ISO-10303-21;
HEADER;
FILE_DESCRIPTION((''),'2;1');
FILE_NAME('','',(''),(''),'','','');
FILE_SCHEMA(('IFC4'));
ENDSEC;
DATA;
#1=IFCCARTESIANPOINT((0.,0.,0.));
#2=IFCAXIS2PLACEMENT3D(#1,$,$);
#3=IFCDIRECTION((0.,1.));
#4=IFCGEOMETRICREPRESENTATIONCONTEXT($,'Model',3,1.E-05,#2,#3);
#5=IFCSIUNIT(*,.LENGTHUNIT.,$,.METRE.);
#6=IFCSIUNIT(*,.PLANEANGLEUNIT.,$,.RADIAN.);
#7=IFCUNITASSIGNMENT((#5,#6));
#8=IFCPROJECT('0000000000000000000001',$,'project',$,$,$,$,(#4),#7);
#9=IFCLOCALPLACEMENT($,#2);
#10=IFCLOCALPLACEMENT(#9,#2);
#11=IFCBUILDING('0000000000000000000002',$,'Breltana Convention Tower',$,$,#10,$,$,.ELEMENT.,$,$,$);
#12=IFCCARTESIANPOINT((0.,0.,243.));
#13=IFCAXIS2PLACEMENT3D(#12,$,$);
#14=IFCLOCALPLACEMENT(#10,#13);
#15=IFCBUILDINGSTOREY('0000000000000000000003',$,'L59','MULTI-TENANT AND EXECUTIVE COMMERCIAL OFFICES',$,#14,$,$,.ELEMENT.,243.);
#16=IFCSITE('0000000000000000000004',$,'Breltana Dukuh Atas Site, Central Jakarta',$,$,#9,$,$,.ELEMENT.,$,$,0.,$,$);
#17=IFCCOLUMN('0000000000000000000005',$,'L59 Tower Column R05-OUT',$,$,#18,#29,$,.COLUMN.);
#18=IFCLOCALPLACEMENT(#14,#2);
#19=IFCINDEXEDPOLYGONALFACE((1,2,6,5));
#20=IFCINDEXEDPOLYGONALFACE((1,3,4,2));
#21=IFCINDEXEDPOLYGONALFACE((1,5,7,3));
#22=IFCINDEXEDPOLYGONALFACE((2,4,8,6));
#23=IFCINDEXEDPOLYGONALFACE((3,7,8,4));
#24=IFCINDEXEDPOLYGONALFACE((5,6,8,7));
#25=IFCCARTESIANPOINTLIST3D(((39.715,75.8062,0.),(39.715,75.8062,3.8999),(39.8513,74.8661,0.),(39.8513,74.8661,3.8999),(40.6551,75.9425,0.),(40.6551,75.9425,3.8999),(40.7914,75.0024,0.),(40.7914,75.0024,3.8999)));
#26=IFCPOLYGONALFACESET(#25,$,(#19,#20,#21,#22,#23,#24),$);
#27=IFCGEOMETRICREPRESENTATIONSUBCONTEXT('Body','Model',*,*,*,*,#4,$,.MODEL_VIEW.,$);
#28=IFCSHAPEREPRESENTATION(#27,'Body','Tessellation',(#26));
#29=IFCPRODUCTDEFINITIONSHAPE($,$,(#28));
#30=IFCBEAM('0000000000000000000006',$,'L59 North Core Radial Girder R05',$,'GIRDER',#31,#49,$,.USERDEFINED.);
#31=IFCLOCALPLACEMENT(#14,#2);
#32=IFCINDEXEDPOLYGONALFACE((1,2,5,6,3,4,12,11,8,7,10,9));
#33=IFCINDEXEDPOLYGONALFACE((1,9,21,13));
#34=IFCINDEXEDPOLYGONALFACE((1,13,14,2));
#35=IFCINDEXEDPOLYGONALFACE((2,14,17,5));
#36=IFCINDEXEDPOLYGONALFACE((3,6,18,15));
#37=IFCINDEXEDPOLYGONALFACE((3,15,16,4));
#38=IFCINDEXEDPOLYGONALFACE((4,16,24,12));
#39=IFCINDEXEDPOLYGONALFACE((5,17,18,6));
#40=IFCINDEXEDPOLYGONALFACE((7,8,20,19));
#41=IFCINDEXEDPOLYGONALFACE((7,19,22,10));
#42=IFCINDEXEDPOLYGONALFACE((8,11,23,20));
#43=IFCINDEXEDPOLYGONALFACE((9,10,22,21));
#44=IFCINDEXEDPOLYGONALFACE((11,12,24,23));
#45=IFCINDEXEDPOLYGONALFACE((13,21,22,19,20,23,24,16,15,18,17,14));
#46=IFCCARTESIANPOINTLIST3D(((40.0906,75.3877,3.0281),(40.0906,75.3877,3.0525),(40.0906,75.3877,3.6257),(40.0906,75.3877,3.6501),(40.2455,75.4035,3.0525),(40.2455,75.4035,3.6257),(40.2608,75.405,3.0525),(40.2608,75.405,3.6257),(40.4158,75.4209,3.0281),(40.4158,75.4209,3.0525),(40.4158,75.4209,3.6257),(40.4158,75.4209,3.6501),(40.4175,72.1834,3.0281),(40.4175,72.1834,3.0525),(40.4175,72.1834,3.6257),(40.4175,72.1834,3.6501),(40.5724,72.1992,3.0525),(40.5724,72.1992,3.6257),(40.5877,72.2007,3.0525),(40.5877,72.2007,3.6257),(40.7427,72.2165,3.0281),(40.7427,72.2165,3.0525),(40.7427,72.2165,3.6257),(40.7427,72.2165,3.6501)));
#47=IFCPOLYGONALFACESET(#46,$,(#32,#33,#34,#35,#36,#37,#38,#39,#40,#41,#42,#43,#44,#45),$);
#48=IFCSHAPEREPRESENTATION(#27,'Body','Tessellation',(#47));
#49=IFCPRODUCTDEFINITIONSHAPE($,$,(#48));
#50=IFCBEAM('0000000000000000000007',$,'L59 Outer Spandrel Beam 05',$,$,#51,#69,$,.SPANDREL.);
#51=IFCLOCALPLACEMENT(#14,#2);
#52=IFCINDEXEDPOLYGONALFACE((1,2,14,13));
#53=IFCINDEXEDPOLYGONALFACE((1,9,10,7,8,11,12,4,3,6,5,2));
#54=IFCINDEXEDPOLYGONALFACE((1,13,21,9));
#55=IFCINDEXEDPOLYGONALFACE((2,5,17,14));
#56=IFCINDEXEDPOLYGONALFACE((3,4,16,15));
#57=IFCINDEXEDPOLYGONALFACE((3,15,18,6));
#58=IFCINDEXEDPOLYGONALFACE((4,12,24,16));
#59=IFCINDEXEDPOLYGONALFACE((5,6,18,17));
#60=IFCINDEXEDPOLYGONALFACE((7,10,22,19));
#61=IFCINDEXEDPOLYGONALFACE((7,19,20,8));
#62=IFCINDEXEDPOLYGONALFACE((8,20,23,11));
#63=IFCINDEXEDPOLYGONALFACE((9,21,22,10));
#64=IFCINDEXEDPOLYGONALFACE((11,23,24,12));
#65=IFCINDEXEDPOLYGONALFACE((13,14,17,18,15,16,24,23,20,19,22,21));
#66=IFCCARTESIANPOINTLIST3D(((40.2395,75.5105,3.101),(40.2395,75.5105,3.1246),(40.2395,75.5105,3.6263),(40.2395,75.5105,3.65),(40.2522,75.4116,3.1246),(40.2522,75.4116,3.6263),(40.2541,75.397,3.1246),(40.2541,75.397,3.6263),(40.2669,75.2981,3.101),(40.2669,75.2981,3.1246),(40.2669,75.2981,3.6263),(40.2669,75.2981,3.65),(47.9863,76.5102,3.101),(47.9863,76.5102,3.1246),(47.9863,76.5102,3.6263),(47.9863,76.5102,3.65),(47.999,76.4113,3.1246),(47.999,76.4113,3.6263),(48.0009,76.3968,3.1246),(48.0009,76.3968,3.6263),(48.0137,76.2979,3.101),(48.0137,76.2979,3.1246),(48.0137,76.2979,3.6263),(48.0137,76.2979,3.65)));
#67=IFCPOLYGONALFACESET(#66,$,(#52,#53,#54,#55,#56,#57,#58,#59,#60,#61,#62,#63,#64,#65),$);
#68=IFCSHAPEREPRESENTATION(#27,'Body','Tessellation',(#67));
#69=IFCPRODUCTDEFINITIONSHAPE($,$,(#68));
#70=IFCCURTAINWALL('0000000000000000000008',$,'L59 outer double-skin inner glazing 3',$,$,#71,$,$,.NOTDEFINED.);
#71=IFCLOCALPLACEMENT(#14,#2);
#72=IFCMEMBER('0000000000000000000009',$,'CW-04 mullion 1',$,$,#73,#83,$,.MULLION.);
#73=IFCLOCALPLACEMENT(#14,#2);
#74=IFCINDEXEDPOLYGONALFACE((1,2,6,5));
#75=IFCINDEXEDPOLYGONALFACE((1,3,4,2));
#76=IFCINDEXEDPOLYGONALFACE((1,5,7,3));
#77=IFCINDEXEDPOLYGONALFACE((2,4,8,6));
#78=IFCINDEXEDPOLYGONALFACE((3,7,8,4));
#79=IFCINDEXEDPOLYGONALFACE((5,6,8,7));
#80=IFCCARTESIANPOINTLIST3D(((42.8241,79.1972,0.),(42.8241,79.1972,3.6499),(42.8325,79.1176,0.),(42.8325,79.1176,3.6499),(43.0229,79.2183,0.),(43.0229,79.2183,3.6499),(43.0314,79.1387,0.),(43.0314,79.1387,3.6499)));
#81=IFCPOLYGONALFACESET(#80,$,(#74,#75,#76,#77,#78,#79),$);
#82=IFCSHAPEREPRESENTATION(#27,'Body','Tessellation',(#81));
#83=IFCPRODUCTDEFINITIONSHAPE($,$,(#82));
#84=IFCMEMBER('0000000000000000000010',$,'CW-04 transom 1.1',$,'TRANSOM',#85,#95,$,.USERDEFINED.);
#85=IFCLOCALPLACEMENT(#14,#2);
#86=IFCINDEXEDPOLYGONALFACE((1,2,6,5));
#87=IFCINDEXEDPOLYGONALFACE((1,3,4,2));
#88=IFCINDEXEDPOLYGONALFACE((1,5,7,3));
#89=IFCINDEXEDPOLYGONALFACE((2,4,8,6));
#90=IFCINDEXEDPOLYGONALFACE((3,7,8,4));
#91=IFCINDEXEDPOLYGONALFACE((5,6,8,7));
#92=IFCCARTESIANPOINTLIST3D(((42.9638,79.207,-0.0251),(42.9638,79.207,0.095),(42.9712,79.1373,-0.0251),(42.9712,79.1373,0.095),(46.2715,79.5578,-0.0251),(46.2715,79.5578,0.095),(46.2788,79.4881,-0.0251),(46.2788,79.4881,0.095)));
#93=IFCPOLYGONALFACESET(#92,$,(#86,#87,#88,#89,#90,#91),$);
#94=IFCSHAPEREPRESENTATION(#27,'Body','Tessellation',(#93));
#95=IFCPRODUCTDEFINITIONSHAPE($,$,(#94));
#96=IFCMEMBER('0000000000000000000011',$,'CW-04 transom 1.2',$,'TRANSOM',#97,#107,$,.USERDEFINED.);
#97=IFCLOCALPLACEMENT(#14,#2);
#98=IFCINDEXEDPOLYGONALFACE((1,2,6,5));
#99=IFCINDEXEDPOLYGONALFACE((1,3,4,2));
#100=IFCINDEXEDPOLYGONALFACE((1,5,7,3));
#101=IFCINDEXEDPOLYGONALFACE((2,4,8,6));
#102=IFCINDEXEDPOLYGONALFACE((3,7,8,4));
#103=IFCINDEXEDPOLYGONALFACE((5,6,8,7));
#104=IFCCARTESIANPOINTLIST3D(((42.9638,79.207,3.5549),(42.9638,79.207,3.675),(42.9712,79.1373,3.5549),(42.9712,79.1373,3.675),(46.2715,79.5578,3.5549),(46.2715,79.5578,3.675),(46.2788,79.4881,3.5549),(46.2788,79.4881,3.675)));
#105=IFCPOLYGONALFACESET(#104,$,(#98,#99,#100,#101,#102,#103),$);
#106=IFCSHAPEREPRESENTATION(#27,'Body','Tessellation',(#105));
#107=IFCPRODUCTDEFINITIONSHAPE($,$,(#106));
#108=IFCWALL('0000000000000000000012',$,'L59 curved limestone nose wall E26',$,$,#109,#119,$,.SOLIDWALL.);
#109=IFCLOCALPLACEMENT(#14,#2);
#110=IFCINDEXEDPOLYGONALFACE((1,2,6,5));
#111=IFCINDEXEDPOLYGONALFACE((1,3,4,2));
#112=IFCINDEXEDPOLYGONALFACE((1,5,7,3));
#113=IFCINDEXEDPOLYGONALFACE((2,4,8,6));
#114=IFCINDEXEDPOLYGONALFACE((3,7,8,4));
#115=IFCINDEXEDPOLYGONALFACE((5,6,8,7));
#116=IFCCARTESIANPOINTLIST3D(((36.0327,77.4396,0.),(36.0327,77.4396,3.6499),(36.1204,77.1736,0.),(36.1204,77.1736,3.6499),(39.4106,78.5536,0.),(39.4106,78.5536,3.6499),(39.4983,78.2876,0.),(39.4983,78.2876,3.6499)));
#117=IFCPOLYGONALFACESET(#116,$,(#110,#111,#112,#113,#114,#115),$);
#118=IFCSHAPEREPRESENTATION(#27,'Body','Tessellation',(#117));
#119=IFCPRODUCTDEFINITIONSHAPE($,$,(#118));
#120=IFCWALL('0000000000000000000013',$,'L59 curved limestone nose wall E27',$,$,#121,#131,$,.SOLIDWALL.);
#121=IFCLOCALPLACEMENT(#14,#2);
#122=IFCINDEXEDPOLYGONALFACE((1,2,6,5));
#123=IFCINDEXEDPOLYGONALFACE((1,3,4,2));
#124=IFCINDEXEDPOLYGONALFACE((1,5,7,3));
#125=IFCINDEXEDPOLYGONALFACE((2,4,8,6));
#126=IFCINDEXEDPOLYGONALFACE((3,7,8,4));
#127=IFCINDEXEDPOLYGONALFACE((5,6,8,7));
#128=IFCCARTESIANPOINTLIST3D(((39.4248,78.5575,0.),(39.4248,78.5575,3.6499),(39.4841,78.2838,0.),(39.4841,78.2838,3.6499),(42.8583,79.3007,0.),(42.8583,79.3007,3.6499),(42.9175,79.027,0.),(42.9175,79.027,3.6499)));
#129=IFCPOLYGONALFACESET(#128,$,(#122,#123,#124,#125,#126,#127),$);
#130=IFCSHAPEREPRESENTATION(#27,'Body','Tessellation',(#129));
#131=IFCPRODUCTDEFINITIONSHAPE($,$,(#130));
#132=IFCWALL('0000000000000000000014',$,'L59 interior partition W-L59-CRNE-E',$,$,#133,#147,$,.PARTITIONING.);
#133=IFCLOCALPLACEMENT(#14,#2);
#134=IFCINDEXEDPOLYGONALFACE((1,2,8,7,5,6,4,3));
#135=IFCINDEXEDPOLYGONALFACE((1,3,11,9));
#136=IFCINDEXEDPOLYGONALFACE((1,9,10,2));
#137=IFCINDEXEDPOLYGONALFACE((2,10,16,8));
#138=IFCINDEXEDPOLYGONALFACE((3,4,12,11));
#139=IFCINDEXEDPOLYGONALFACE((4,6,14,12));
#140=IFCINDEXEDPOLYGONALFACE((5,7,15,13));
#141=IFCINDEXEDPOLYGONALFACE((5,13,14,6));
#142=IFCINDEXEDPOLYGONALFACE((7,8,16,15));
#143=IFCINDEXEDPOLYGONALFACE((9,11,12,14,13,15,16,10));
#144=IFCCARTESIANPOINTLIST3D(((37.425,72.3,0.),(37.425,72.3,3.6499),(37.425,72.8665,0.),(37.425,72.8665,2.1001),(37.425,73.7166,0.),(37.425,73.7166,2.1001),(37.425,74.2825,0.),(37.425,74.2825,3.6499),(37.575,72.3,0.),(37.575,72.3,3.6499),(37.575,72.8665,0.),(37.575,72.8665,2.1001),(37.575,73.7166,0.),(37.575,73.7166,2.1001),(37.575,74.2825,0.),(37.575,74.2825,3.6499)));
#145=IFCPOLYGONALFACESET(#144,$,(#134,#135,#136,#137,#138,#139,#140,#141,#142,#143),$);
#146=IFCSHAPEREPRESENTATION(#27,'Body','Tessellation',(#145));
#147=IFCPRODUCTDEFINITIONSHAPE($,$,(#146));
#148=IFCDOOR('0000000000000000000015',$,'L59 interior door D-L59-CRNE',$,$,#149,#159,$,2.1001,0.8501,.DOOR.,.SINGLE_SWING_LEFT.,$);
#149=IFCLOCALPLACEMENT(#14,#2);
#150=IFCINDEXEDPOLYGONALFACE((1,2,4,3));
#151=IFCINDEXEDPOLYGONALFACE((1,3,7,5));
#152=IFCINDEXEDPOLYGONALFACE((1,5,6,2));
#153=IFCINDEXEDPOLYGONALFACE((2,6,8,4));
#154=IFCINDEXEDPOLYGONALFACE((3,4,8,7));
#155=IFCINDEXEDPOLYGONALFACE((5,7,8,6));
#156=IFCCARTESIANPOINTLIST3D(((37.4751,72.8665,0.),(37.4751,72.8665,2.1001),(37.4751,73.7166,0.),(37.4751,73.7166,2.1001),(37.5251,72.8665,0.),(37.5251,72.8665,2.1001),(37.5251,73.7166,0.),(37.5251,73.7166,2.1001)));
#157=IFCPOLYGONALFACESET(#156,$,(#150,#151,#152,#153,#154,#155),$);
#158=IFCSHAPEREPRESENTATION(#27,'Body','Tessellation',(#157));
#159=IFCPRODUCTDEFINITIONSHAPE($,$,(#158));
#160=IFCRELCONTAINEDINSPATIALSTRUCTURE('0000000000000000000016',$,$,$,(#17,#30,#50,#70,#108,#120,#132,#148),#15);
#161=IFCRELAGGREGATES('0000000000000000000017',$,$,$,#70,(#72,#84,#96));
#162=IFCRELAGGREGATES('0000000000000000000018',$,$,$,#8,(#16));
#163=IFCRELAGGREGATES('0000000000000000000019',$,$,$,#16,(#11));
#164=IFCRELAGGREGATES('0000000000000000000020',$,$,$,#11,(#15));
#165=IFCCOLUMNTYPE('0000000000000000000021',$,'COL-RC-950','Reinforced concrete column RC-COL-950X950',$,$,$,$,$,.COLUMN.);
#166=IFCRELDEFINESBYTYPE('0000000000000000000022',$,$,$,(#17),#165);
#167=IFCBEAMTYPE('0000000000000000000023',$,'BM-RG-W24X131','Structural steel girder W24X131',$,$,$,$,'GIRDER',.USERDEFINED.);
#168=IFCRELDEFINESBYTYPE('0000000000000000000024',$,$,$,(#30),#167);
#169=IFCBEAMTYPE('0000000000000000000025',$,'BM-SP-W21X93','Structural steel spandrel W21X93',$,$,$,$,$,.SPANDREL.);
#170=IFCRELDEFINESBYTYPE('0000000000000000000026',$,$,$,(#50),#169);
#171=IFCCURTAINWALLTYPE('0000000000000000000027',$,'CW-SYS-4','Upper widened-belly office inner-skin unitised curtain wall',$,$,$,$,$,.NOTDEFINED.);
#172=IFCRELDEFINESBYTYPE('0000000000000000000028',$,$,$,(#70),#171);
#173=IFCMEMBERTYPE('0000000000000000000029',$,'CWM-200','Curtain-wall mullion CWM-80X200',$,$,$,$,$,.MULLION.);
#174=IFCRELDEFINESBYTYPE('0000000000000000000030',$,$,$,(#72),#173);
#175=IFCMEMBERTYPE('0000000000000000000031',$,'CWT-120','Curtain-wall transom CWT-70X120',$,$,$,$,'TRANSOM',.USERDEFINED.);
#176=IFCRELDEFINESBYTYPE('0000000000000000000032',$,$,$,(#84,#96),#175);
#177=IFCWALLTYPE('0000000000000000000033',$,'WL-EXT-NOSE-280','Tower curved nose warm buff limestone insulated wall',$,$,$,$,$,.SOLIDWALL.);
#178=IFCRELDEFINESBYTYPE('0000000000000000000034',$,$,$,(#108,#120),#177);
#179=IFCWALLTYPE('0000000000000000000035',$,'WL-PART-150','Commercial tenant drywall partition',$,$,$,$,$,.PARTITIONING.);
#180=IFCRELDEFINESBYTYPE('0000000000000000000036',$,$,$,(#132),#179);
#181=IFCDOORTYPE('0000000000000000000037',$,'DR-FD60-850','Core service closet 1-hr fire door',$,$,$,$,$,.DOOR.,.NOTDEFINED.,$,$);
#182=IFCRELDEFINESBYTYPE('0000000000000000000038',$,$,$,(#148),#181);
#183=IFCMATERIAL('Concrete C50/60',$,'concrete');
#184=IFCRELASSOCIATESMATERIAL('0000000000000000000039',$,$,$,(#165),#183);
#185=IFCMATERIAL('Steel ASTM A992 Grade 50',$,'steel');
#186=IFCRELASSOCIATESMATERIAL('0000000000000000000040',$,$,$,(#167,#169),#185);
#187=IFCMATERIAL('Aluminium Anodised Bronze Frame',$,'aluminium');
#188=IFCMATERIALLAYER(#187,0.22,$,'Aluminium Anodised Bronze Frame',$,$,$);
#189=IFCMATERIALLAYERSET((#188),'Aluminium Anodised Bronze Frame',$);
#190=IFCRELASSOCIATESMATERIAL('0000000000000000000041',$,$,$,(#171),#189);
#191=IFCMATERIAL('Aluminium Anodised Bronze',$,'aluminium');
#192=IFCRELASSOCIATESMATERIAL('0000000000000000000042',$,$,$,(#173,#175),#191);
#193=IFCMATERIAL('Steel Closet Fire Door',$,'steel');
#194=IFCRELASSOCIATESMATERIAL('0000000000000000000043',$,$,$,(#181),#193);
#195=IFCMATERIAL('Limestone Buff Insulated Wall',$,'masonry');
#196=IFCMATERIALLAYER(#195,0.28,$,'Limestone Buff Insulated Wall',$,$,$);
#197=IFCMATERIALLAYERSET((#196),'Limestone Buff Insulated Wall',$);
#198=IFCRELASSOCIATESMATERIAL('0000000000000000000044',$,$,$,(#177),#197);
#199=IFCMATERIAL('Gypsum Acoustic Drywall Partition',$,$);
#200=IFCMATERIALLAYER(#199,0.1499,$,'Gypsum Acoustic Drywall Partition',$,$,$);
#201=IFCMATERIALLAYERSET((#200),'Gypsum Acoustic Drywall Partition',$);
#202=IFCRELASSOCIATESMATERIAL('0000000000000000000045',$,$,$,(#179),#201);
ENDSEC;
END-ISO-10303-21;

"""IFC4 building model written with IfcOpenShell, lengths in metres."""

from ifc_helpers import new_model, si_unit, direction, frame, frame_2d, origin, origin_2d, place, context, subcontext, project, spatial, rectangle, i_section, extrude, source, transform, mapped, material, layer, layer_set, material_profile, profile_set, type_object, type_shapes, element, fill, aggregate, save


model = new_model("IFC4")

# Units and contexts
model_context = context("Model", 3, precision=1e-05, world=origin(), true_north=direction((0.0, 1.0)))
body_context = subcontext(model_context, "Body", "Model", "MODEL_VIEW")
ifc_project = project(units=[si_unit("LENGTHUNIT", "METRE"), si_unit("PLANEANGLEUNIT", "RADIAN")], contexts=[model_context])

# Site, building, storey
site_placement = place(None, origin())
site = spatial("IfcSite", under=ifc_project, at=site_placement, Name="Breltana Dukuh Atas Site, Central Jakarta", CompositionType="ELEMENT", RefElevation=0.0)
building_placement = place(site_placement, origin())
building = spatial("IfcBuilding", under=site, at=building_placement, Name="Breltana Convention Tower", CompositionType="ELEMENT")
storey_placement = place(building_placement, frame((0.0, 0.0, 243.0)))
storey = spatial("IfcBuildingStorey", under=building, at=storey_placement, Name="L59", Description="MULTI-TENANT AND EXECUTIVE COMMERCIAL OFFICES", CompositionType="ELEMENT", Elevation=243.0)

# Column
ifc_material_1 = material(Name="Concrete C50/60", Category="concrete")
ifc_material_profile_1 = material_profile(ifc_material_1, rectangle(XDim=0.95, YDim=0.95, at=origin_2d()), Name="RC-COL-950X950")
ifc_profile_set_1 = profile_set([ifc_material_profile_1], Name="Concrete C50/60")
column_type = type_object("IfcColumnType", Name="COL-RC-950", Description="Reinforced concrete column RC-COL-950X950", PredefinedType="COLUMN", material=ifc_profile_set_1)
shared_shape_1 = source(origin(), body_context, "Body", "SweptSolid", [
    extrude(rectangle(XDim=0.95, YDim=0.95, at=origin_2d()), origin(), (0.0, 0.0, 1.0), 3.8999),
])
column_placement = place(storey_placement, frame((40.2532, 75.4043, 0.0), z_axis=(0.0, 0.0, 1.0), x_axis=(-0.143493, 0.989651, 0.0)))
element("IfcColumn", 1, at=column_placement, inside=storey, type_object=column_type, Name="L59 Tower Column R05-OUT", PredefinedType="COLUMN", context=body_context, shape_type="MappedRepresentation", body=[
    mapped(shared_shape_1, transform((0.0, 0.0, 0.0), scale=1.0)),
])

# Beams
ifc_material_2 = material(Name="Steel ASTM A992 Grade 50", Category="steel")
ifc_material_profile_2 = material_profile(ifc_material_2, i_section(OverallWidth=0.3269, OverallDepth=0.6221, WebThickness=0.0154, FlangeThickness=0.0244, at=origin_2d()), Name="W24X131")
ifc_profile_set_2 = profile_set([ifc_material_profile_2], Name="Steel ASTM A992 Grade 50")
beam_type_1 = type_object("IfcBeamType", Name="BM-RG-W24X131", Description="Structural steel girder W24X131", ElementType="GIRDER", PredefinedType="USERDEFINED", material=ifc_profile_set_2)
shared_shape_2 = source(origin(), body_context, "Body", "SweptSolid", [
    extrude(i_section(OverallWidth=0.3269, OverallDepth=0.6221, WebThickness=0.0154, FlangeThickness=0.0244, at=origin_2d()), origin(), (0.0, 0.0, 1.0), 3.2209),
])
beam_1_placement = place(storey_placement, frame((40.5801, 72.2, 3.3391), z_axis=(-0.101492, 0.994836, 0.0), x_axis=(-0.994836, -0.101492, 0.0)))
element("IfcBeam", 2, at=beam_1_placement, inside=storey, type_object=beam_type_1, Name="L59 North Core Radial Girder R05", ObjectType="GIRDER", PredefinedType="USERDEFINED", context=body_context, shape_type="MappedRepresentation", body=[
    mapped(shared_shape_2, transform((0.0, 0.0, 0.0), scale=1.0)),
])
ifc_material_profile_3 = material_profile(ifc_material_2, i_section(OverallWidth=0.2141, OverallDepth=0.5491, WebThickness=0.0146, FlangeThickness=0.0237, at=origin_2d()), Name="W21X93")
ifc_profile_set_3 = profile_set([ifc_material_profile_3], Name="Steel ASTM A992 Grade 50")
beam_type_2 = type_object("IfcBeamType", Name="BM-SP-W21X93", Description="Structural steel spandrel W21X93", PredefinedType="SPANDREL", material=ifc_profile_set_3)
shared_shape_3 = source(origin(), body_context, "Body", "SweptSolid", [
    extrude(i_section(OverallWidth=0.2141, OverallDepth=0.5491, WebThickness=0.0146, FlangeThickness=0.0237, at=origin_2d()), origin(), (0.0, 0.0, 1.0), 7.811),
])
beam_2_placement = place(storey_placement, frame((40.2532, 75.4043, 3.3755), z_axis=(0.991775, 0.127992, 0.0), x_axis=(-0.127992, 0.991775, 0.0)))
element("IfcBeam", 3, at=beam_2_placement, inside=storey, type_object=beam_type_2, Name="L59 Outer Spandrel Beam 05", PredefinedType="SPANDREL", context=body_context, shape_type="MappedRepresentation", body=[
    mapped(shared_shape_3, transform((0.0, 0.0, 0.0), scale=1.0)),
])

# Curtain wall, members
ifc_material_3 = material(Name="Aluminium Anodised Bronze Frame", Category="aluminium")
ifc_layer_1 = layer(ifc_material_3, 0.22, Name="Aluminium Anodised Bronze Frame")
ifc_layer_set_1 = layer_set([ifc_layer_1], Name="Aluminium Anodised Bronze Frame")
curtain_wall_type = type_object("IfcCurtainWallType", Name="CW-SYS-4", Description="Upper widened-belly office inner-skin unitised curtain wall", PredefinedType="NOTDEFINED", material=ifc_layer_set_1)
curtain_wall_placement = place(storey_placement, origin())
curtain_wall = element("IfcCurtainWall", 4, at=curtain_wall_placement, inside=storey, type_object=curtain_wall_type, Name="L59 outer double-skin inner glazing 3", PredefinedType="NOTDEFINED")
ifc_material_4 = material(Name="Aluminium Anodised Bronze", Category="aluminium")
ifc_material_profile_4 = material_profile(ifc_material_4, rectangle(XDim=0.0801, YDim=0.2, at=origin_2d()), Name="CWM-80X200")
ifc_profile_set_4 = profile_set([ifc_material_profile_4], Name="Aluminium Anodised Bronze")
member_type_1 = type_object("IfcMemberType", Name="CWM-200", Description="Curtain-wall mullion CWM-80X200", PredefinedType="MULLION", material=ifc_profile_set_4)
shared_shape_4 = source(origin(), body_context, "Body", "SweptSolid", [
    extrude(rectangle(XDim=0.0801, YDim=0.2, at=origin_2d()), origin(), (0.0, 0.0, 1.0), 3.6499),
])
member_1_placement = place(storey_placement, frame((42.9277, 79.168, 0.0), z_axis=(0.0, 0.0, 1.0), x_axis=(-0.105472, 0.994422, 0.0)))
member_1 = element("IfcMember", 5, at=member_1_placement, type_object=member_type_1, Name="CW-04 mullion 1", PredefinedType="MULLION", context=body_context, shape_type="MappedRepresentation", body=[
    mapped(shared_shape_4, transform((0.0, 0.0, 0.0), scale=1.0)),
])
ifc_material_profile_5 = material_profile(ifc_material_4, rectangle(XDim=0.0701, YDim=0.1201, at=origin_2d()), Name="CWT-70X120")
ifc_profile_set_5 = profile_set([ifc_material_profile_5], Name="Aluminium Anodised Bronze")
member_type_2 = type_object("IfcMemberType", Name="CWT-120", Description="Curtain-wall transom CWT-70X120", ElementType="TRANSOM", PredefinedType="USERDEFINED", material=ifc_profile_set_5)
shared_shape_5 = source(origin(), body_context, "Body", "SweptSolid", [
    extrude(rectangle(XDim=0.0701, YDim=0.1201, at=origin_2d()), origin(), (0.0, 0.0, 1.0), 3.3262),
])
member_2_placement = place(storey_placement, frame((42.9675, 79.1721, 0.0349), z_axis=(0.994422, 0.105476, 0.0), x_axis=(-0.105476, 0.994422, 0.0)))
member_2 = element("IfcMember", 6, at=member_2_placement, type_object=member_type_2, Name="CW-04 transom 1.1", ObjectType="TRANSOM", PredefinedType="USERDEFINED", context=body_context, shape_type="MappedRepresentation", body=[
    mapped(shared_shape_5, transform((0.0, 0.0, 0.0), scale=1.0)),
])
member_3_placement = place(storey_placement, frame((42.9675, 79.1721, 3.615), z_axis=(0.994422, 0.105476, 0.0), x_axis=(-0.105476, 0.994422, 0.0)))
member_3 = element("IfcMember", 7, at=member_3_placement, type_object=member_type_2, Name="CW-04 transom 1.2", ObjectType="TRANSOM", PredefinedType="USERDEFINED", context=body_context, shape_type="MappedRepresentation", body=[
    mapped(shared_shape_5, transform((0.0, 0.0, 0.0), scale=1.0)),
])
aggregate(curtain_wall, [member_1, member_2, member_3])

# Shared definitions
ifc_material_5 = material(Name="Steel Closet Fire Door", Category="steel")
door_type_1 = type_object("IfcDoorType", Name="DR-FD60-850", Description="Core service closet 1-hr fire door", OperationType="NOTDEFINED", PredefinedType="DOOR", material=ifc_material_5)
shared_shape_6 = source(origin(), body_context, "Body", "SweptSolid", [
    extrude(rectangle(XDim=0.8501, YDim=2.1001, at=frame_2d((0.425, 1.05))), frame((0.0, 0.0249, 0.0), z_axis=(0.0, -1.0, 0.0), x_axis=(1.0, 0.0, 0.0)), (0.0, 0.0, 1.0), 0.05),
])
type_shapes(door_type_1, [shared_shape_6])

# Walls
ifc_material_6 = material(Name="Limestone Buff Insulated Wall", Category="masonry")
ifc_layer_2 = layer(ifc_material_6, 0.28, Name="Limestone Buff Insulated Wall")
ifc_layer_set_2 = layer_set([ifc_layer_2], Name="Limestone Buff Insulated Wall")
wall_type_1 = type_object("IfcWallType", Name="WL-EXT-NOSE-280", Description="Tower curved nose warm buff limestone insulated wall", PredefinedType="SOLIDWALL", material=ifc_layer_set_2)
shared_shape_7 = source(origin(), body_context, "Body", "SweptSolid", [
    extrude(rectangle(XDim=3.5569, YDim=0.28, at=frame_2d((1.7783, 0.0))), origin(), (0.0, 0.0, 1.0), 3.6499),
])
wall_1_placement = place(storey_placement, frame((36.0767, 77.3066, 0.0), z_axis=(0.0, 0.0, 1.0), x_axis=(0.949687, 0.313199, 0.0)))
element("IfcWall", 8, at=wall_1_placement, inside=storey, type_object=wall_type_1, Name="L59 curved limestone nose wall E26", PredefinedType="SOLIDWALL", context=body_context, shape_type="MappedRepresentation", body=[
    mapped(shared_shape_7, transform((0.0, 0.0, 0.0), scale=1.0)),
])
shared_shape_8 = source(origin(), body_context, "Body", "SweptSolid", [
    extrude(rectangle(XDim=3.5129, YDim=0.28, at=frame_2d((1.7563, 0.0))), origin(), (0.0, 0.0, 1.0), 3.6499),
])
wall_2_placement = place(storey_placement, frame((39.4546, 78.4207, 0.0), z_axis=(0.0, 0.0, 1.0), x_axis=(0.977366, 0.211555, 0.0)))
element("IfcWall", 9, at=wall_2_placement, inside=storey, type_object=wall_type_1, Name="L59 curved limestone nose wall E27", PredefinedType="SOLIDWALL", context=body_context, shape_type="MappedRepresentation", body=[
    mapped(shared_shape_8, transform((0.0, 0.0, 0.0), scale=1.0)),
])

# Wall, opening, door
ifc_material_7 = material(Name="Gypsum Acoustic Drywall Partition")
ifc_layer_3 = layer(ifc_material_7, 0.1499, Name="Gypsum Acoustic Drywall Partition")
ifc_layer_set_3 = layer_set([ifc_layer_3], Name="Gypsum Acoustic Drywall Partition")
wall_type_2 = type_object("IfcWallType", Name="WL-PART-150", Description="Commercial tenant drywall partition", PredefinedType="PARTITIONING", material=ifc_layer_set_3)
shared_shape_9 = source(origin(), body_context, "Body", "SweptSolid", [
    extrude(rectangle(XDim=1.9824, YDim=0.1499, at=frame_2d((0.9912, 0.0))), origin(), (0.0, 0.0, 1.0), 3.6499),
])
wall_3_placement = place(storey_placement, frame((37.5, 72.3, 0.0), z_axis=(0.0, 0.0, 1.0), x_axis=(0.0, 1.0, 0.0)))
wall_3 = element("IfcWall", 10, at=wall_3_placement, inside=storey, type_object=wall_type_2, Name="L59 interior partition W-L59-CRNE-E", PredefinedType="PARTITIONING", context=body_context, shape_type="MappedRepresentation", body=[
    mapped(shared_shape_9, transform((0.0, 0.0, 0.0), scale=1.0)),
])
opening_1_placement = place(wall_3_placement, frame((0.5664, 0.0, 0.0)))
opening_1 = element("IfcOpeningElement", 11, at=opening_1_placement, cuts=wall_3, PredefinedType="OPENING", context=body_context, shape_type="SweptSolid", body=[
    extrude(rectangle(XDim=0.8501, YDim=2.1001, at=frame_2d((0.425, 1.05))), frame((0.0, 0.085, 0.0), z_axis=(0.0, -1.0, 0.0), x_axis=(1.0, 0.0, 0.0)), (0.0, 0.0, 1.0), 0.1699),
])
door_1_placement = place(opening_1_placement, origin())
door_1 = element("IfcDoor", 12, at=door_1_placement, inside=storey, type_object=door_type_1, Name="L59 interior door D-L59-CRNE", OperationType="SINGLE_SWING_LEFT", OverallHeight=2.1001, OverallWidth=0.8501, PredefinedType="DOOR", context=body_context, shape_type="MappedRepresentation", body=[
    mapped(shared_shape_6, transform((0.0, 0.0, 0.0), scale=1.0)),
])
fill(opening_1, door_1)

save(model, "model.ifc")
